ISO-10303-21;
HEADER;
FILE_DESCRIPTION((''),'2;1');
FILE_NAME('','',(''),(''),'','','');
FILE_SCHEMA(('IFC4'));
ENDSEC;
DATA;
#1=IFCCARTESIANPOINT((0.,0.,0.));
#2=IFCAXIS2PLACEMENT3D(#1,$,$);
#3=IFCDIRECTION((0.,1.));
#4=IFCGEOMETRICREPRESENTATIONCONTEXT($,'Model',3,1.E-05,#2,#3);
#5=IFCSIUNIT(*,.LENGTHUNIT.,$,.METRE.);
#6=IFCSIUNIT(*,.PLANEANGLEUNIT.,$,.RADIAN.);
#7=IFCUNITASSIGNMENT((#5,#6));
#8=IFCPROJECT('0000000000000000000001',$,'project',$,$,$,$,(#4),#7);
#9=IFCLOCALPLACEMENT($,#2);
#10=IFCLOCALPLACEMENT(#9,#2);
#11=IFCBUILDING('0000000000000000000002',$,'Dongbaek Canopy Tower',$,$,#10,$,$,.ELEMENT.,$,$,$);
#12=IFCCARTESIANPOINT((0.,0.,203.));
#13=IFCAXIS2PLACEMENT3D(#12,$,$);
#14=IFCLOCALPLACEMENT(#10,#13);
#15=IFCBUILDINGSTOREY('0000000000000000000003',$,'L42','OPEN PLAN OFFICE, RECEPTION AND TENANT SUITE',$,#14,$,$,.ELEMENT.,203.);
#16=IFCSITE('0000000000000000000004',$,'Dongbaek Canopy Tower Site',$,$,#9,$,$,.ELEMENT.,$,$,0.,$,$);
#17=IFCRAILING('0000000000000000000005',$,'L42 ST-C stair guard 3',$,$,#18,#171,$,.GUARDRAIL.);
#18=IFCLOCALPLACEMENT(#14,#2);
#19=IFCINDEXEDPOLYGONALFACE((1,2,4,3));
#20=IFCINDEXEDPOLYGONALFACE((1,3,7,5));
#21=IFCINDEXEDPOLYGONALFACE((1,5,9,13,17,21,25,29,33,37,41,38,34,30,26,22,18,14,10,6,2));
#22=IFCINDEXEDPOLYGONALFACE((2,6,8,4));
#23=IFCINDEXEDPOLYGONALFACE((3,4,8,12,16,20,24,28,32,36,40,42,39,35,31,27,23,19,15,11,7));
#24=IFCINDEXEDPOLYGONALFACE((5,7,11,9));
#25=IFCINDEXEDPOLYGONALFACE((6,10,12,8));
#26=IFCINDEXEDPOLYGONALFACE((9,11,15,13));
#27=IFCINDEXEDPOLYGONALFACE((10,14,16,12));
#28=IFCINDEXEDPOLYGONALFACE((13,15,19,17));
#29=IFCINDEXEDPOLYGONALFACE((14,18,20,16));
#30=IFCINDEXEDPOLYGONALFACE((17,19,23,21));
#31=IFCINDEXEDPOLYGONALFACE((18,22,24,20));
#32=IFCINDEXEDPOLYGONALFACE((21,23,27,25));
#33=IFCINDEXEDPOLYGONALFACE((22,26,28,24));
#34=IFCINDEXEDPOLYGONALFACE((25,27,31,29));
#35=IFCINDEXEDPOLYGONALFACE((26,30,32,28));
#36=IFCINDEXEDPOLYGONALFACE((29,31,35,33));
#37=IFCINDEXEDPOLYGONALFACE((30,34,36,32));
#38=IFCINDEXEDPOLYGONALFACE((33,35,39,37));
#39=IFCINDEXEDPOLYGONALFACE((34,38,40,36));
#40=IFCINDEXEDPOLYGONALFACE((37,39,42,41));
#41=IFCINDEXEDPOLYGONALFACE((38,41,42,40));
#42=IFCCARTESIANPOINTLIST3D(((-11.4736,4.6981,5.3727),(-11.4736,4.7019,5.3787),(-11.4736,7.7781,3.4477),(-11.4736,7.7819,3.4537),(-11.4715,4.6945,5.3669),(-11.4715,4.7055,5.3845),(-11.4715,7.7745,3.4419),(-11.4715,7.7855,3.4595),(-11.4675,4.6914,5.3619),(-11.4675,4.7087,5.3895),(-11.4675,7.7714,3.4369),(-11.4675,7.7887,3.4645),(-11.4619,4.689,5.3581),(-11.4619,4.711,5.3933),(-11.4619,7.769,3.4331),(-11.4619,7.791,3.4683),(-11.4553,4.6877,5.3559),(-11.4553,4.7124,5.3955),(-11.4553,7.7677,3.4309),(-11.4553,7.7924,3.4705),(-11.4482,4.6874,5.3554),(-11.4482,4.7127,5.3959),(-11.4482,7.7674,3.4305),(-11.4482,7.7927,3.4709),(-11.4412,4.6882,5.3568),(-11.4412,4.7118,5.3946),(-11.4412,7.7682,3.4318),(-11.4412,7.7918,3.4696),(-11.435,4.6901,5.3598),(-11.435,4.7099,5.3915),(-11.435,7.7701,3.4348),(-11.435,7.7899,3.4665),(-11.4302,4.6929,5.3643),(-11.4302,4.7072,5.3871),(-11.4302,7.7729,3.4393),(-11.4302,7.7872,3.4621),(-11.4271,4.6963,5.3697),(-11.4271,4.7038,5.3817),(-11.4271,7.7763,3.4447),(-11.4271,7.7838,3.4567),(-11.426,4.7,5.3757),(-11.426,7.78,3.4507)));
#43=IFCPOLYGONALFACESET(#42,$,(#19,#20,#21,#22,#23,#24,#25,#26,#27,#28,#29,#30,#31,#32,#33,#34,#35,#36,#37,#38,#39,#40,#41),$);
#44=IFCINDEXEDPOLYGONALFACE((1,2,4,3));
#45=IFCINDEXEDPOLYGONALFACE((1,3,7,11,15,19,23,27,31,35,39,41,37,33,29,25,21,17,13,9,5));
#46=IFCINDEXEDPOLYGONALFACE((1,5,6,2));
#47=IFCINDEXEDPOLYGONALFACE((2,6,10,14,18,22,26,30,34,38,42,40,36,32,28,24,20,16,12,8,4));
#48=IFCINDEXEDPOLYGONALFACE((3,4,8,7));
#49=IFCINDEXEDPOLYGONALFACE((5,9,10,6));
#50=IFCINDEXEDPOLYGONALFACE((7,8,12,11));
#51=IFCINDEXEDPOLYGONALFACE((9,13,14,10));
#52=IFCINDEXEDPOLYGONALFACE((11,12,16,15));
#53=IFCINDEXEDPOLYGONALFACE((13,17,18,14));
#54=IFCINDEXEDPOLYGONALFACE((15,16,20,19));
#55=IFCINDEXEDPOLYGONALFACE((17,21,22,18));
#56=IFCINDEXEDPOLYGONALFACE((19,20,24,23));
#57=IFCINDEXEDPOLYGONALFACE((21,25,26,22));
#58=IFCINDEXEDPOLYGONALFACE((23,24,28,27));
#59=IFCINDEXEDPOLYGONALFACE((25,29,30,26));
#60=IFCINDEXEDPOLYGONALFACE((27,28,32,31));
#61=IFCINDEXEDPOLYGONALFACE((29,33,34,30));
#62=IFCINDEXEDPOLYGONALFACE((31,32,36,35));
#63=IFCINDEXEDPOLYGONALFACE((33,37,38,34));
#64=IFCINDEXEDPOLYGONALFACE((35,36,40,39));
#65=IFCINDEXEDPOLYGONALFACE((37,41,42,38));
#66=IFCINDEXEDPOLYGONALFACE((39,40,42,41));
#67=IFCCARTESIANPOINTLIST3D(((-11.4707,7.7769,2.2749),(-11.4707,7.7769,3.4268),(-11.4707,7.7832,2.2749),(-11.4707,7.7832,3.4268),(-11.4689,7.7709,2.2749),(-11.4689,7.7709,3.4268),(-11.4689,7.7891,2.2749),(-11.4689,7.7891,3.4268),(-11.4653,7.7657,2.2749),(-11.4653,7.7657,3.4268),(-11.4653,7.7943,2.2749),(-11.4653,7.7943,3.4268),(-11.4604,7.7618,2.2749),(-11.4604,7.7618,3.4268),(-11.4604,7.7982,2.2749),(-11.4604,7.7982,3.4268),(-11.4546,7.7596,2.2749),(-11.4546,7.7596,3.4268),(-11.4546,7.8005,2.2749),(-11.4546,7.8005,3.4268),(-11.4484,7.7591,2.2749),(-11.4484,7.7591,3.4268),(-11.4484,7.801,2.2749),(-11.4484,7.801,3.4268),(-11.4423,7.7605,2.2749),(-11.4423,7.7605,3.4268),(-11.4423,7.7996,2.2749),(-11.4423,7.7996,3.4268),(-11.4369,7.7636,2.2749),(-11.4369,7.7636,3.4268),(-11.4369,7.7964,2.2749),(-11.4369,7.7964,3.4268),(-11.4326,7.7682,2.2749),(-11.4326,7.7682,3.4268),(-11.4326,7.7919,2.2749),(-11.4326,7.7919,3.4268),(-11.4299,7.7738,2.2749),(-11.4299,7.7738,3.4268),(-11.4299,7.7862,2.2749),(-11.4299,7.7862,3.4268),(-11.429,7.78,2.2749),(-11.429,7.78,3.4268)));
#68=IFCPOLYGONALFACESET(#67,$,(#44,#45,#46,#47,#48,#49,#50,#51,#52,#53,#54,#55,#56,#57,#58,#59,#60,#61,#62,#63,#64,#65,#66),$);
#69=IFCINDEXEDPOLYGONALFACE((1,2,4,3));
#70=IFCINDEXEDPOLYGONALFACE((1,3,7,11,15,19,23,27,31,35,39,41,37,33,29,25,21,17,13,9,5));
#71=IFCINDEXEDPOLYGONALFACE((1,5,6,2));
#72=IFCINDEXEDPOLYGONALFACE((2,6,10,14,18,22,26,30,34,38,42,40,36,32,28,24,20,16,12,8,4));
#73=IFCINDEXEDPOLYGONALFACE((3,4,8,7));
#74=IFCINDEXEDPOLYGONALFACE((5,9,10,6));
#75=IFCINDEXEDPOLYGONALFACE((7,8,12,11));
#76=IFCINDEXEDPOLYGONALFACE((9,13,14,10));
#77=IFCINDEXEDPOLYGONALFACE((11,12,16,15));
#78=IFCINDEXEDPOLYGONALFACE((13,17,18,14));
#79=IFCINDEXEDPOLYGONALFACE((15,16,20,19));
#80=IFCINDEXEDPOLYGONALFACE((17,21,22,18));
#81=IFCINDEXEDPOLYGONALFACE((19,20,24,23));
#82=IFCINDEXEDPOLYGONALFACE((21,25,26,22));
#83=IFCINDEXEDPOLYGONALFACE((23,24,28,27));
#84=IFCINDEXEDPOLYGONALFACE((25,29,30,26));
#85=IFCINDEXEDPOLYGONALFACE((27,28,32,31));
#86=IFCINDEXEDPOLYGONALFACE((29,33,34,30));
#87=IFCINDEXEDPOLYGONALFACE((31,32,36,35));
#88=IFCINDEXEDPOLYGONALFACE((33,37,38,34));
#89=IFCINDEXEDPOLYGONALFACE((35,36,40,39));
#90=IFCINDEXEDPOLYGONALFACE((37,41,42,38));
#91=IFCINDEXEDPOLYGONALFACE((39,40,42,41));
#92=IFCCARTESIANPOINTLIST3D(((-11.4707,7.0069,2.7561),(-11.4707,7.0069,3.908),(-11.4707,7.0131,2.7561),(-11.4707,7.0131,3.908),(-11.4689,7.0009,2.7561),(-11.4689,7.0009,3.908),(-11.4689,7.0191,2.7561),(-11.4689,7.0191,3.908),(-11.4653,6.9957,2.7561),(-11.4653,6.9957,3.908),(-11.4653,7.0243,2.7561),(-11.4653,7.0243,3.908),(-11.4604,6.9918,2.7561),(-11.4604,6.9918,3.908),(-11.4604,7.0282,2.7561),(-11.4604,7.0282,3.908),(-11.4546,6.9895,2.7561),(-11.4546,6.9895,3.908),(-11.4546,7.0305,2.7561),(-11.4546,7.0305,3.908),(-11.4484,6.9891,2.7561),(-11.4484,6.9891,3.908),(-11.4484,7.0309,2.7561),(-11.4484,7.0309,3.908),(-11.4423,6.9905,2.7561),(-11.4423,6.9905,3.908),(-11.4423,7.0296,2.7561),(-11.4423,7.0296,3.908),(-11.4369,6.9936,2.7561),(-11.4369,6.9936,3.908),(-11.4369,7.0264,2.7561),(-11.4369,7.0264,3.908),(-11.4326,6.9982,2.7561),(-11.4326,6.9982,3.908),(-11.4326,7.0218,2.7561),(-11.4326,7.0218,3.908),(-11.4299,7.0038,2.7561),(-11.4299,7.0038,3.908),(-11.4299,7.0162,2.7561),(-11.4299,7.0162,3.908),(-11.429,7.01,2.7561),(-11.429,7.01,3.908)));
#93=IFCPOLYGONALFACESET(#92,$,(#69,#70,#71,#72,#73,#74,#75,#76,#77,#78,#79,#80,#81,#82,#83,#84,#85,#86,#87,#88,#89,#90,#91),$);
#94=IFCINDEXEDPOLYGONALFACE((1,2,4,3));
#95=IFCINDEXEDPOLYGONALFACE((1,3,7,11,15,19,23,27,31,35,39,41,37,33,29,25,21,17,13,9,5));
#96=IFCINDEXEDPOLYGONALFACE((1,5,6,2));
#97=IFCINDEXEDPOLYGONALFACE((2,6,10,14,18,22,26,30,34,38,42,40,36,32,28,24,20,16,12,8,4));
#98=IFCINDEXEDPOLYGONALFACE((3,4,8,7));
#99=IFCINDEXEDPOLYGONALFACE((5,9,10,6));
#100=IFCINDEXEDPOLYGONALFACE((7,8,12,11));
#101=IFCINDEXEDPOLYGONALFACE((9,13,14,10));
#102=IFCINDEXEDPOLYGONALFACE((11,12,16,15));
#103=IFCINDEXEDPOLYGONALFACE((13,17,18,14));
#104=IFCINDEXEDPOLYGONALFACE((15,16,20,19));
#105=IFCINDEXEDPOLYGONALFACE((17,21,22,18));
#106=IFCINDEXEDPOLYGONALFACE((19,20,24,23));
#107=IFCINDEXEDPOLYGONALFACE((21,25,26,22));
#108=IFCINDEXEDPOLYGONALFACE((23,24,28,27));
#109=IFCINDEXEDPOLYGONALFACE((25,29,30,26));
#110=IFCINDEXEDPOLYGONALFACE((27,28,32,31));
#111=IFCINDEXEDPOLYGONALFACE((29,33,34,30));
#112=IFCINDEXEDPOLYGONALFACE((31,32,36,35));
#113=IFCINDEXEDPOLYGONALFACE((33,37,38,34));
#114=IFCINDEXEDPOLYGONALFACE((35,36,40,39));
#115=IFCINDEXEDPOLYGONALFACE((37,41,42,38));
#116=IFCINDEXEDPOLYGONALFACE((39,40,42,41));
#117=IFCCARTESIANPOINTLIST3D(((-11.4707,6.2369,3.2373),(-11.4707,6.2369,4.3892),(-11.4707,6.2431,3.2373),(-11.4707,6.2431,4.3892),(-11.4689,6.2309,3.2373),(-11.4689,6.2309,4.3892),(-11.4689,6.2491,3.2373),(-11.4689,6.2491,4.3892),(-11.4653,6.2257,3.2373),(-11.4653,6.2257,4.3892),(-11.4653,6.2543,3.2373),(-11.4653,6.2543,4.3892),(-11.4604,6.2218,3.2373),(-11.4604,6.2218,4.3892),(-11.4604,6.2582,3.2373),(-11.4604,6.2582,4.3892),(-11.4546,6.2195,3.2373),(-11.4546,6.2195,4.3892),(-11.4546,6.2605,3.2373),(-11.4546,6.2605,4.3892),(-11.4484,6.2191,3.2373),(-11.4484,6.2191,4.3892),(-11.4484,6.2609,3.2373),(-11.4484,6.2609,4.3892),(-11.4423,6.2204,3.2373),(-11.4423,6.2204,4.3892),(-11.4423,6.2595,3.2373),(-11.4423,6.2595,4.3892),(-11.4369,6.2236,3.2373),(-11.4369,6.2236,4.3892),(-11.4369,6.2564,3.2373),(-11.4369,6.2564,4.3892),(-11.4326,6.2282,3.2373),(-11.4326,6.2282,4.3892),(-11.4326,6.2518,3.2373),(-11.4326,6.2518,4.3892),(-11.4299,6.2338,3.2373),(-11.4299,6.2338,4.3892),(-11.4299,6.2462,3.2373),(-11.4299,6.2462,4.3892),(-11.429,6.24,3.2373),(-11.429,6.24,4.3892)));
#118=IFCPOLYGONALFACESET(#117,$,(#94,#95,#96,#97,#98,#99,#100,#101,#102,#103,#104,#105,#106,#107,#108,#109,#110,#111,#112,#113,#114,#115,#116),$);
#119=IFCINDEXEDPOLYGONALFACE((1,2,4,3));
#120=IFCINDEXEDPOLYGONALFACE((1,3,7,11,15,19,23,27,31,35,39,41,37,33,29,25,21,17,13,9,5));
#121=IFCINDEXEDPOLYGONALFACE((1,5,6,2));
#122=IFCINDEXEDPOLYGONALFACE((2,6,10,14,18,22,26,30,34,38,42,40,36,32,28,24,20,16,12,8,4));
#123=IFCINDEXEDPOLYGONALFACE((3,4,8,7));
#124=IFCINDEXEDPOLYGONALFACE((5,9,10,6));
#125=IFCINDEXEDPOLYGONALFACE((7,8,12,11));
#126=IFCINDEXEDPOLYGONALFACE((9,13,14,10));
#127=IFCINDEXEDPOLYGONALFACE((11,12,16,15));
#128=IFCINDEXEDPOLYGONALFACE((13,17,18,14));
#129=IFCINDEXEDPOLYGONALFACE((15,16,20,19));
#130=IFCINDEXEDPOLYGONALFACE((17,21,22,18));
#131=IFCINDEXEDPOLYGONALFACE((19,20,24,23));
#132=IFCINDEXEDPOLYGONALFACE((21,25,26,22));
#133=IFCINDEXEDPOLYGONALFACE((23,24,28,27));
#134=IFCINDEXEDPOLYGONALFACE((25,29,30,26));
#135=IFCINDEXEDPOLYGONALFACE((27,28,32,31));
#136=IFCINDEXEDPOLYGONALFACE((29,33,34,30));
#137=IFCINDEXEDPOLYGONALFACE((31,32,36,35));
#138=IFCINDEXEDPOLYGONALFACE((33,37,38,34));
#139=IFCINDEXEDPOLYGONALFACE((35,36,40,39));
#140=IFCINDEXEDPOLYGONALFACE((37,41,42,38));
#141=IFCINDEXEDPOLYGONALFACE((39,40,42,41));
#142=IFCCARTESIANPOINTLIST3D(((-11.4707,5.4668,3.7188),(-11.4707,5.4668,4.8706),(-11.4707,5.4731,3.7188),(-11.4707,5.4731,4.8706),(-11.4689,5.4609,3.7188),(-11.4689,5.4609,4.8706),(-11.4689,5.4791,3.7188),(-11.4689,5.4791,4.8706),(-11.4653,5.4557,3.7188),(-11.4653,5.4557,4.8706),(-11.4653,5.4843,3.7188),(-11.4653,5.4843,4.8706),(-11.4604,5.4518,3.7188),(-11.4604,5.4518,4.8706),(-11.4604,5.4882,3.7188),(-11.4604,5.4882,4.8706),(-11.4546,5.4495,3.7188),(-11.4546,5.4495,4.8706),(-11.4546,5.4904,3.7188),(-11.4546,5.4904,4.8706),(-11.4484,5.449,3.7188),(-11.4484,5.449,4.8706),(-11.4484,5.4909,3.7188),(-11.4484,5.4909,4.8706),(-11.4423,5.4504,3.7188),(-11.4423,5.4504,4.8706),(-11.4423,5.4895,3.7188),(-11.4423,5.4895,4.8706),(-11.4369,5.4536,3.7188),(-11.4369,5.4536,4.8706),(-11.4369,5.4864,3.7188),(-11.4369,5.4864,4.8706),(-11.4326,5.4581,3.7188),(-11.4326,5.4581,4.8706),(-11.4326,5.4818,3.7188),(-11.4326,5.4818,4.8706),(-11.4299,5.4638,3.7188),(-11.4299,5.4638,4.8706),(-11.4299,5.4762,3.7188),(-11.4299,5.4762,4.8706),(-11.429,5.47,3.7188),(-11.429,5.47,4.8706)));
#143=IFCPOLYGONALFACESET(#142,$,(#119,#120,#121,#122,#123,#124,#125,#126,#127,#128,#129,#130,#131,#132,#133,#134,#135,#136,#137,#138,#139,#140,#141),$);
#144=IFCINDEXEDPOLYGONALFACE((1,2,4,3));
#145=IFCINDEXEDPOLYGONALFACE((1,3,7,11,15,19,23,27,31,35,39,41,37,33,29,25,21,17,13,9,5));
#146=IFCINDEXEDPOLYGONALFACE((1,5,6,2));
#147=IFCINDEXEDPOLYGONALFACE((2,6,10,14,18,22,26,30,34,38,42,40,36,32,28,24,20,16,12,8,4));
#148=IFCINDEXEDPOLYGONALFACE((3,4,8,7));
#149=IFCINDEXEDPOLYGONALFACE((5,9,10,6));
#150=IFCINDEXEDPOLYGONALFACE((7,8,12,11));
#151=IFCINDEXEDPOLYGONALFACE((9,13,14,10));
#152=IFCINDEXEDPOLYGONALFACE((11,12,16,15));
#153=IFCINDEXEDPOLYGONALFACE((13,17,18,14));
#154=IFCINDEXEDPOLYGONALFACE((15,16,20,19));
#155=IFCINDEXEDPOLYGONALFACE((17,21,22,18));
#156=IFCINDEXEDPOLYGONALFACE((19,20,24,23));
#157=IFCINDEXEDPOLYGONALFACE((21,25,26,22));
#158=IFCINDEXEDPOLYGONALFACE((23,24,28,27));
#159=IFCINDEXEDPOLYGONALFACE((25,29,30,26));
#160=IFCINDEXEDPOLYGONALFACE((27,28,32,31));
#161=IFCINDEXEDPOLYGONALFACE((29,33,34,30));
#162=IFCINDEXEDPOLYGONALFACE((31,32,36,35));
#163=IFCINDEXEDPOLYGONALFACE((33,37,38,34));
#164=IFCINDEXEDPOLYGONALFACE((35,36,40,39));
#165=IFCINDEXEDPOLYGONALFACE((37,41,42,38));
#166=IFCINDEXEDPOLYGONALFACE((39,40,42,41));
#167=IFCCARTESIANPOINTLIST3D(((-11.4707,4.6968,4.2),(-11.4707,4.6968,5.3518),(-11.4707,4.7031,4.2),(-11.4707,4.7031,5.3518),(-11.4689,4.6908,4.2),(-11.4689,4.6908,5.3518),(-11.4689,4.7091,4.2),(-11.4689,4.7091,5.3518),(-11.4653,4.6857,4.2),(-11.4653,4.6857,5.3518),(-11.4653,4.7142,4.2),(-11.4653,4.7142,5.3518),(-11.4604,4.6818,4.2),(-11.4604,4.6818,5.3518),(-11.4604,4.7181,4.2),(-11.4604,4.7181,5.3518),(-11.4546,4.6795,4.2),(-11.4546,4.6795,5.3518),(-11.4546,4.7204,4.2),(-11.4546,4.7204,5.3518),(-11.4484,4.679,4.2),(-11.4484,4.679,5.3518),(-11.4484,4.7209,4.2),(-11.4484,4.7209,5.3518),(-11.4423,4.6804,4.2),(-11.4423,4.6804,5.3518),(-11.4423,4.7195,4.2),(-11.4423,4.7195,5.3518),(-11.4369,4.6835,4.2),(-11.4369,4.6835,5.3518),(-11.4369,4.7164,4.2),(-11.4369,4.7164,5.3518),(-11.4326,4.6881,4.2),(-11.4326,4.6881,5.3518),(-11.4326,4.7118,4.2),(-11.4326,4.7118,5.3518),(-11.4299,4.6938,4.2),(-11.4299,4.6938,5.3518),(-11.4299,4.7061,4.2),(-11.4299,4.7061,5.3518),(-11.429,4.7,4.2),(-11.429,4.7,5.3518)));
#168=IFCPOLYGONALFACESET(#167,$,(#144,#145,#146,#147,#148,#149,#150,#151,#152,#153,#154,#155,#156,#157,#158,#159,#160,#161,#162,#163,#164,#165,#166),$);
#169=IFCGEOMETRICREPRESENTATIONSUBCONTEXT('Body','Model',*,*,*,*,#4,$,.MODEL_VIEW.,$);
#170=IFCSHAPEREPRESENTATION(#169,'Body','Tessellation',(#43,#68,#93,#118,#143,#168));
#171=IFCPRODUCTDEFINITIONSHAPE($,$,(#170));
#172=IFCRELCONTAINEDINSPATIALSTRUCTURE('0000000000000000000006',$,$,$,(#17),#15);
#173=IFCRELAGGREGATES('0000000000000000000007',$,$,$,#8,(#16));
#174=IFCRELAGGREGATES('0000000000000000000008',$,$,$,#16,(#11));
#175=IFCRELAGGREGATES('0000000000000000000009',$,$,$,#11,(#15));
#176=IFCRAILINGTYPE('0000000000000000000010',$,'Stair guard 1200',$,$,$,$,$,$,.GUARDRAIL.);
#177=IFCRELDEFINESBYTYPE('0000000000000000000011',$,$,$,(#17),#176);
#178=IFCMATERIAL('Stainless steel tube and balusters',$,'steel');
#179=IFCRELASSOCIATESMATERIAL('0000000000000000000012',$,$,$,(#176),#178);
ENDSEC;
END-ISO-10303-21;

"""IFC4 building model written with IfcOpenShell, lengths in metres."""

from ifc_helpers import new_model, si_unit, direction, frame, origin, origin_2d, place, context, subcontext, project, spatial, circle, extrude, material, type_object, element, save


model = new_model("IFC4")

# Units and contexts
model_context = context("Model", 3, precision=1e-05, world=origin(), true_north=direction((0.0, 1.0)))
body_context = subcontext(model_context, "Body", "Model", "MODEL_VIEW")
ifc_project = project(units=[si_unit("LENGTHUNIT", "METRE"), si_unit("PLANEANGLEUNIT", "RADIAN")], contexts=[model_context])

# Site, building, storey
site_placement = place(None, origin())
site = spatial("IfcSite", under=ifc_project, at=site_placement, Name="Dongbaek Canopy Tower Site", CompositionType="ELEMENT", RefElevation=0.0)
building_placement = place(site_placement, origin())
building = spatial("IfcBuilding", under=site, at=building_placement, Name="Dongbaek Canopy Tower", CompositionType="ELEMENT")
storey_placement = place(building_placement, frame((0.0, 0.0, 203.0)))
storey = spatial("IfcBuildingStorey", under=building, at=storey_placement, Name="L42", Description="OPEN PLAN OFFICE, RECEPTION AND TENANT SUITE", CompositionType="ELEMENT", Elevation=203.0)

# Railing
ifc_material_1 = material(Name="Stainless steel tube and balusters", Category="steel")
railing_type_1 = type_object("IfcRailingType", Name="Stair guard 1200", PredefinedType="GUARDRAIL", material=ifc_material_1)
railing_1_placement = place(storey_placement, frame((-11.45, 7.78, 2.2749)))
element("IfcRailing", 1, at=railing_1_placement, inside=storey, type_object=railing_type_1, Name="L42 ST-C stair guard 3", PredefinedType="GUARDRAIL", context=body_context, shape_type="SweptSolid", body=[
    extrude(circle(Radius=0.0239, at=origin_2d()), frame((0.0, 0.0, 1.1758), z_axis=(0.0, -0.847998, 0.529999), x_axis=(1.0, 0.0, 0.0)), (0.0, 0.0, 1.0), 3.6321),
    extrude(circle(Radius=0.021, at=origin_2d()), origin(), (0.0, 0.0, 1.0), 1.1519),
    extrude(circle(Radius=0.021, at=origin_2d()), frame((0.0, -0.77, 0.4812)), (0.0, 0.0, 1.0), 1.1519),
    extrude(circle(Radius=0.021, at=origin_2d()), frame((0.0, -1.54, 0.9624)), (0.0, 0.0, 1.0), 1.1519),
    extrude(circle(Radius=0.021, at=origin_2d()), frame((0.0, -2.3101, 1.4438)), (0.0, 0.0, 1.0), 1.1519),
    extrude(circle(Radius=0.021, at=origin_2d()), frame((0.0, -3.0801, 1.925)), (0.0, 0.0, 1.0), 1.1519),
])

save(model, "model.ifc")
